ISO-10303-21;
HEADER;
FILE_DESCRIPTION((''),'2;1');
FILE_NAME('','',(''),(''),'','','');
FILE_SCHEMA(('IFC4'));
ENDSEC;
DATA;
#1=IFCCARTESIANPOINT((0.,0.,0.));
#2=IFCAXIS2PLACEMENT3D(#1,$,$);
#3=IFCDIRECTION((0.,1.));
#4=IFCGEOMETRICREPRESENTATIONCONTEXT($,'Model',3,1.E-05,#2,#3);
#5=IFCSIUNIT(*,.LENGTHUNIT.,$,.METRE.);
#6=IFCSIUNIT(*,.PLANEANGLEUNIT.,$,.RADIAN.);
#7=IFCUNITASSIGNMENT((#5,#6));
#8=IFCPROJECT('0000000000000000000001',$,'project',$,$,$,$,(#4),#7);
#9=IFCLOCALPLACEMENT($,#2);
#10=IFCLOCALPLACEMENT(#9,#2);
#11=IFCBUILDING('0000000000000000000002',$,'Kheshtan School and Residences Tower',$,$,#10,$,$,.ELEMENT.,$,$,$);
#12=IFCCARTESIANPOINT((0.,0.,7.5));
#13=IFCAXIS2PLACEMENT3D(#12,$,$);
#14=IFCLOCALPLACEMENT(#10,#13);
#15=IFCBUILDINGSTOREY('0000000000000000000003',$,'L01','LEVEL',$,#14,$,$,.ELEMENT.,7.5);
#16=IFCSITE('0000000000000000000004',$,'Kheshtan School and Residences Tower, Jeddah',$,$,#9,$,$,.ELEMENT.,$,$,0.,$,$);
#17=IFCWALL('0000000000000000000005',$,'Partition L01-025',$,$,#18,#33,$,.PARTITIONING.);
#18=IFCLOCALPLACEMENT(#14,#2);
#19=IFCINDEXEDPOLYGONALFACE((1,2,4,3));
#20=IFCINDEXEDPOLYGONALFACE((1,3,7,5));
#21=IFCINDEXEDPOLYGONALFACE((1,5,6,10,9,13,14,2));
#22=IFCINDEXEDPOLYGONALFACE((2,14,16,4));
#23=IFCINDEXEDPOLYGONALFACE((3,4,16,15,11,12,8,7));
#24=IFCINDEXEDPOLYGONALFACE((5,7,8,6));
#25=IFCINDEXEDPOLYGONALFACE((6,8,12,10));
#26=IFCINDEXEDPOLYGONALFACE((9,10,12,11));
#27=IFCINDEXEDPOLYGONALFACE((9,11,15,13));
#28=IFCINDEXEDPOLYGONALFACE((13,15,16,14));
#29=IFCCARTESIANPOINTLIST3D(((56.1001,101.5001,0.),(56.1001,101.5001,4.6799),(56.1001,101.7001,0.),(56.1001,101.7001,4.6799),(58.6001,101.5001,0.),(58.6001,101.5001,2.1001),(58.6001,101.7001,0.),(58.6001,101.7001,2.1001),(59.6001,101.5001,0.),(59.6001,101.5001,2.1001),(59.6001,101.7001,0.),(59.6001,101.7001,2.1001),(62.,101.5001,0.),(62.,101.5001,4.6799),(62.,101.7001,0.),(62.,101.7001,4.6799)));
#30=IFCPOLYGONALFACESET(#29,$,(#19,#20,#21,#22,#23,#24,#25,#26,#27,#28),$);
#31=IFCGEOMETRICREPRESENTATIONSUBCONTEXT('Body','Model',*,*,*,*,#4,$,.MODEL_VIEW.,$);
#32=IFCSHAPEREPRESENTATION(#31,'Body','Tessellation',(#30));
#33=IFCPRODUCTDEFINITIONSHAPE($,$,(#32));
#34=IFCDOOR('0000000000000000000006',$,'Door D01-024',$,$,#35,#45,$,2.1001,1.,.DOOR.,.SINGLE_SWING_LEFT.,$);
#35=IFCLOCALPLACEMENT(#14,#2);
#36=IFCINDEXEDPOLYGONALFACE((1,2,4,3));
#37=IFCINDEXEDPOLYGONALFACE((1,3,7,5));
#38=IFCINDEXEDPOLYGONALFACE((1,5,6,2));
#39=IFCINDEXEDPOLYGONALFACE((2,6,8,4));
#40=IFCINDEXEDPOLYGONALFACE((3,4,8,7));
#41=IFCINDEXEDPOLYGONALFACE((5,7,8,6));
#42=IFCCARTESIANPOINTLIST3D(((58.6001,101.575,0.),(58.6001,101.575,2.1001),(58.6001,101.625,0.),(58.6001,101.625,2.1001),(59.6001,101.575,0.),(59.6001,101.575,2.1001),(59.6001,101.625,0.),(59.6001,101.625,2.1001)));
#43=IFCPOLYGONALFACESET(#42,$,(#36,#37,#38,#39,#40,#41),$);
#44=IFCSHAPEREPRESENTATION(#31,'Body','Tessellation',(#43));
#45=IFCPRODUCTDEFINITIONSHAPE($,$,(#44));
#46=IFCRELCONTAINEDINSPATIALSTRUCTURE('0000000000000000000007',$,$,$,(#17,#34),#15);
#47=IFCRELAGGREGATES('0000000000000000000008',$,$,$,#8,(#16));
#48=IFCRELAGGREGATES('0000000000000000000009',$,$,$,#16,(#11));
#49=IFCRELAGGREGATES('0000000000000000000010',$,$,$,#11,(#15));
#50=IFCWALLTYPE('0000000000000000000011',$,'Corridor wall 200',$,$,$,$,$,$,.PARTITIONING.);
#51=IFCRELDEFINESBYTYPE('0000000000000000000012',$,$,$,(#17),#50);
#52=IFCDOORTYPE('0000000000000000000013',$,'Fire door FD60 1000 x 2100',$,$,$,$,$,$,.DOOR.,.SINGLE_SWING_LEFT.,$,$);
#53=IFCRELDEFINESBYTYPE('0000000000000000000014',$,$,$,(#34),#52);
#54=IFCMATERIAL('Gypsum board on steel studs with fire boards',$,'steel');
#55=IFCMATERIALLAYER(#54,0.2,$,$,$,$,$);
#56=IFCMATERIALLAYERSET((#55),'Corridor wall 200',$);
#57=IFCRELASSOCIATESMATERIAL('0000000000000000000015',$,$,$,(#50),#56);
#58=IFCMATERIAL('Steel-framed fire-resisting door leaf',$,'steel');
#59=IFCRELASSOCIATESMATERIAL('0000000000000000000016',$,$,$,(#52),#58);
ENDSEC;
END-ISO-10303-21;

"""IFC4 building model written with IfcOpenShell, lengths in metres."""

from ifc_helpers import new_model, si_unit, direction, frame, frame_2d, origin, place, context, subcontext, project, spatial, rectangle, extrude, source, transform, mapped, material, layer, layer_set, type_object, element, fill, save


model = new_model("IFC4")

# Units and contexts
model_context = context("Model", 3, precision=1e-05, world=origin(), true_north=direction((0.0, 1.0)))
body_context = subcontext(model_context, "Body", "Model", "MODEL_VIEW")
ifc_project = project(units=[si_unit("LENGTHUNIT", "METRE"), si_unit("PLANEANGLEUNIT", "RADIAN")], contexts=[model_context])

# Site, building, storey
site_placement = place(None, origin())
site = spatial("IfcSite", under=ifc_project, at=site_placement, Name="Kheshtan School and Residences Tower, Jeddah", CompositionType="ELEMENT", RefElevation=0.0)
building_placement = place(site_placement, origin())
building = spatial("IfcBuilding", under=site, at=building_placement, Name="Kheshtan School and Residences Tower", CompositionType="ELEMENT")
storey_placement = place(building_placement, frame((0.0, 0.0, 7.5)))
storey = spatial("IfcBuildingStorey", under=building, at=storey_placement, Name="L01", Description="LEVEL", CompositionType="ELEMENT", Elevation=7.5)

# Shared definitions
ifc_material_1 = material(Name="Gypsum board on steel studs with fire boards", Category="steel")
ifc_layer_1 = layer(ifc_material_1, 0.2)
ifc_layer_set_1 = layer_set([ifc_layer_1], Name="Corridor wall 200")
wall_type_1 = type_object("IfcWallType", Name="Corridor wall 200", PredefinedType="PARTITIONING", material=ifc_layer_set_1)

# Shared definitions
ifc_material_2 = material(Name="Steel-framed fire-resisting door leaf", Category="steel")
door_type = type_object("IfcDoorType", Name="Fire door FD60 1000 x 2100", OperationType="SINGLE_SWING_LEFT", PredefinedType="DOOR", material=ifc_material_2)
shared_shape = source(origin(), body_context, "Body", "SweptSolid", [
    extrude(rectangle(XDim=1.0, YDim=2.1001, at=frame_2d((0.5, 1.05))), frame((0.0, 0.0249, 0.0), z_axis=(0.0, -1.0, 0.0), x_axis=(1.0, 0.0, 0.0)), (0.0, 0.0, 1.0), 0.05),
])

# Wall, opening, door
wall_1_placement = place(storey_placement, frame((56.1001, 101.6001, 0.0), z_axis=(0.0, 0.0, 1.0), x_axis=(1.0, 0.0, 0.0)))
wall_1 = element("IfcWall", 1, at=wall_1_placement, inside=storey, type_object=wall_type_1, Name="Partition L01-025", PredefinedType="PARTITIONING", context=body_context, shape_type="SweptSolid", body=[
    extrude(rectangle(XDim=5.8999, YDim=0.2, at=frame_2d((2.95, 0.0))), origin(), (0.0, 0.0, 1.0), 4.6799),
])
opening_1_placement = place(wall_1_placement, frame((2.5, 0.0, 0.0)))
opening_1 = element("IfcOpeningElement", 2, at=opening_1_placement, cuts=wall_1, PredefinedType="OPENING", context=body_context, shape_type="SweptSolid", body=[
    extrude(rectangle(XDim=1.0, YDim=2.1001, at=frame_2d((0.5, 1.05))), frame((0.0, 0.1099, 0.0), z_axis=(0.0, -1.0, 0.0), x_axis=(1.0, 0.0, 0.0)), (0.0, 0.0, 1.0), 0.22),
])
door_1_placement = place(opening_1_placement, origin())
door_1 = element("IfcDoor", 3, at=door_1_placement, inside=storey, type_object=door_type, Name="Door D01-024", OperationType="SINGLE_SWING_LEFT", OverallHeight=2.1001, OverallWidth=1.0, PredefinedType="DOOR", context=body_context, shape_type="MappedRepresentation", body=[
    mapped(shared_shape, transform((0.0, 0.0, 0.0), x_axis=(1.0, 0.0, 0.0), y_axis=(0.0, 1.0, 0.0), z_axis=(0.0, 0.0, 1.0), scale=1.0)),
])
fill(opening_1, door_1)

save(model, "model.ifc")
